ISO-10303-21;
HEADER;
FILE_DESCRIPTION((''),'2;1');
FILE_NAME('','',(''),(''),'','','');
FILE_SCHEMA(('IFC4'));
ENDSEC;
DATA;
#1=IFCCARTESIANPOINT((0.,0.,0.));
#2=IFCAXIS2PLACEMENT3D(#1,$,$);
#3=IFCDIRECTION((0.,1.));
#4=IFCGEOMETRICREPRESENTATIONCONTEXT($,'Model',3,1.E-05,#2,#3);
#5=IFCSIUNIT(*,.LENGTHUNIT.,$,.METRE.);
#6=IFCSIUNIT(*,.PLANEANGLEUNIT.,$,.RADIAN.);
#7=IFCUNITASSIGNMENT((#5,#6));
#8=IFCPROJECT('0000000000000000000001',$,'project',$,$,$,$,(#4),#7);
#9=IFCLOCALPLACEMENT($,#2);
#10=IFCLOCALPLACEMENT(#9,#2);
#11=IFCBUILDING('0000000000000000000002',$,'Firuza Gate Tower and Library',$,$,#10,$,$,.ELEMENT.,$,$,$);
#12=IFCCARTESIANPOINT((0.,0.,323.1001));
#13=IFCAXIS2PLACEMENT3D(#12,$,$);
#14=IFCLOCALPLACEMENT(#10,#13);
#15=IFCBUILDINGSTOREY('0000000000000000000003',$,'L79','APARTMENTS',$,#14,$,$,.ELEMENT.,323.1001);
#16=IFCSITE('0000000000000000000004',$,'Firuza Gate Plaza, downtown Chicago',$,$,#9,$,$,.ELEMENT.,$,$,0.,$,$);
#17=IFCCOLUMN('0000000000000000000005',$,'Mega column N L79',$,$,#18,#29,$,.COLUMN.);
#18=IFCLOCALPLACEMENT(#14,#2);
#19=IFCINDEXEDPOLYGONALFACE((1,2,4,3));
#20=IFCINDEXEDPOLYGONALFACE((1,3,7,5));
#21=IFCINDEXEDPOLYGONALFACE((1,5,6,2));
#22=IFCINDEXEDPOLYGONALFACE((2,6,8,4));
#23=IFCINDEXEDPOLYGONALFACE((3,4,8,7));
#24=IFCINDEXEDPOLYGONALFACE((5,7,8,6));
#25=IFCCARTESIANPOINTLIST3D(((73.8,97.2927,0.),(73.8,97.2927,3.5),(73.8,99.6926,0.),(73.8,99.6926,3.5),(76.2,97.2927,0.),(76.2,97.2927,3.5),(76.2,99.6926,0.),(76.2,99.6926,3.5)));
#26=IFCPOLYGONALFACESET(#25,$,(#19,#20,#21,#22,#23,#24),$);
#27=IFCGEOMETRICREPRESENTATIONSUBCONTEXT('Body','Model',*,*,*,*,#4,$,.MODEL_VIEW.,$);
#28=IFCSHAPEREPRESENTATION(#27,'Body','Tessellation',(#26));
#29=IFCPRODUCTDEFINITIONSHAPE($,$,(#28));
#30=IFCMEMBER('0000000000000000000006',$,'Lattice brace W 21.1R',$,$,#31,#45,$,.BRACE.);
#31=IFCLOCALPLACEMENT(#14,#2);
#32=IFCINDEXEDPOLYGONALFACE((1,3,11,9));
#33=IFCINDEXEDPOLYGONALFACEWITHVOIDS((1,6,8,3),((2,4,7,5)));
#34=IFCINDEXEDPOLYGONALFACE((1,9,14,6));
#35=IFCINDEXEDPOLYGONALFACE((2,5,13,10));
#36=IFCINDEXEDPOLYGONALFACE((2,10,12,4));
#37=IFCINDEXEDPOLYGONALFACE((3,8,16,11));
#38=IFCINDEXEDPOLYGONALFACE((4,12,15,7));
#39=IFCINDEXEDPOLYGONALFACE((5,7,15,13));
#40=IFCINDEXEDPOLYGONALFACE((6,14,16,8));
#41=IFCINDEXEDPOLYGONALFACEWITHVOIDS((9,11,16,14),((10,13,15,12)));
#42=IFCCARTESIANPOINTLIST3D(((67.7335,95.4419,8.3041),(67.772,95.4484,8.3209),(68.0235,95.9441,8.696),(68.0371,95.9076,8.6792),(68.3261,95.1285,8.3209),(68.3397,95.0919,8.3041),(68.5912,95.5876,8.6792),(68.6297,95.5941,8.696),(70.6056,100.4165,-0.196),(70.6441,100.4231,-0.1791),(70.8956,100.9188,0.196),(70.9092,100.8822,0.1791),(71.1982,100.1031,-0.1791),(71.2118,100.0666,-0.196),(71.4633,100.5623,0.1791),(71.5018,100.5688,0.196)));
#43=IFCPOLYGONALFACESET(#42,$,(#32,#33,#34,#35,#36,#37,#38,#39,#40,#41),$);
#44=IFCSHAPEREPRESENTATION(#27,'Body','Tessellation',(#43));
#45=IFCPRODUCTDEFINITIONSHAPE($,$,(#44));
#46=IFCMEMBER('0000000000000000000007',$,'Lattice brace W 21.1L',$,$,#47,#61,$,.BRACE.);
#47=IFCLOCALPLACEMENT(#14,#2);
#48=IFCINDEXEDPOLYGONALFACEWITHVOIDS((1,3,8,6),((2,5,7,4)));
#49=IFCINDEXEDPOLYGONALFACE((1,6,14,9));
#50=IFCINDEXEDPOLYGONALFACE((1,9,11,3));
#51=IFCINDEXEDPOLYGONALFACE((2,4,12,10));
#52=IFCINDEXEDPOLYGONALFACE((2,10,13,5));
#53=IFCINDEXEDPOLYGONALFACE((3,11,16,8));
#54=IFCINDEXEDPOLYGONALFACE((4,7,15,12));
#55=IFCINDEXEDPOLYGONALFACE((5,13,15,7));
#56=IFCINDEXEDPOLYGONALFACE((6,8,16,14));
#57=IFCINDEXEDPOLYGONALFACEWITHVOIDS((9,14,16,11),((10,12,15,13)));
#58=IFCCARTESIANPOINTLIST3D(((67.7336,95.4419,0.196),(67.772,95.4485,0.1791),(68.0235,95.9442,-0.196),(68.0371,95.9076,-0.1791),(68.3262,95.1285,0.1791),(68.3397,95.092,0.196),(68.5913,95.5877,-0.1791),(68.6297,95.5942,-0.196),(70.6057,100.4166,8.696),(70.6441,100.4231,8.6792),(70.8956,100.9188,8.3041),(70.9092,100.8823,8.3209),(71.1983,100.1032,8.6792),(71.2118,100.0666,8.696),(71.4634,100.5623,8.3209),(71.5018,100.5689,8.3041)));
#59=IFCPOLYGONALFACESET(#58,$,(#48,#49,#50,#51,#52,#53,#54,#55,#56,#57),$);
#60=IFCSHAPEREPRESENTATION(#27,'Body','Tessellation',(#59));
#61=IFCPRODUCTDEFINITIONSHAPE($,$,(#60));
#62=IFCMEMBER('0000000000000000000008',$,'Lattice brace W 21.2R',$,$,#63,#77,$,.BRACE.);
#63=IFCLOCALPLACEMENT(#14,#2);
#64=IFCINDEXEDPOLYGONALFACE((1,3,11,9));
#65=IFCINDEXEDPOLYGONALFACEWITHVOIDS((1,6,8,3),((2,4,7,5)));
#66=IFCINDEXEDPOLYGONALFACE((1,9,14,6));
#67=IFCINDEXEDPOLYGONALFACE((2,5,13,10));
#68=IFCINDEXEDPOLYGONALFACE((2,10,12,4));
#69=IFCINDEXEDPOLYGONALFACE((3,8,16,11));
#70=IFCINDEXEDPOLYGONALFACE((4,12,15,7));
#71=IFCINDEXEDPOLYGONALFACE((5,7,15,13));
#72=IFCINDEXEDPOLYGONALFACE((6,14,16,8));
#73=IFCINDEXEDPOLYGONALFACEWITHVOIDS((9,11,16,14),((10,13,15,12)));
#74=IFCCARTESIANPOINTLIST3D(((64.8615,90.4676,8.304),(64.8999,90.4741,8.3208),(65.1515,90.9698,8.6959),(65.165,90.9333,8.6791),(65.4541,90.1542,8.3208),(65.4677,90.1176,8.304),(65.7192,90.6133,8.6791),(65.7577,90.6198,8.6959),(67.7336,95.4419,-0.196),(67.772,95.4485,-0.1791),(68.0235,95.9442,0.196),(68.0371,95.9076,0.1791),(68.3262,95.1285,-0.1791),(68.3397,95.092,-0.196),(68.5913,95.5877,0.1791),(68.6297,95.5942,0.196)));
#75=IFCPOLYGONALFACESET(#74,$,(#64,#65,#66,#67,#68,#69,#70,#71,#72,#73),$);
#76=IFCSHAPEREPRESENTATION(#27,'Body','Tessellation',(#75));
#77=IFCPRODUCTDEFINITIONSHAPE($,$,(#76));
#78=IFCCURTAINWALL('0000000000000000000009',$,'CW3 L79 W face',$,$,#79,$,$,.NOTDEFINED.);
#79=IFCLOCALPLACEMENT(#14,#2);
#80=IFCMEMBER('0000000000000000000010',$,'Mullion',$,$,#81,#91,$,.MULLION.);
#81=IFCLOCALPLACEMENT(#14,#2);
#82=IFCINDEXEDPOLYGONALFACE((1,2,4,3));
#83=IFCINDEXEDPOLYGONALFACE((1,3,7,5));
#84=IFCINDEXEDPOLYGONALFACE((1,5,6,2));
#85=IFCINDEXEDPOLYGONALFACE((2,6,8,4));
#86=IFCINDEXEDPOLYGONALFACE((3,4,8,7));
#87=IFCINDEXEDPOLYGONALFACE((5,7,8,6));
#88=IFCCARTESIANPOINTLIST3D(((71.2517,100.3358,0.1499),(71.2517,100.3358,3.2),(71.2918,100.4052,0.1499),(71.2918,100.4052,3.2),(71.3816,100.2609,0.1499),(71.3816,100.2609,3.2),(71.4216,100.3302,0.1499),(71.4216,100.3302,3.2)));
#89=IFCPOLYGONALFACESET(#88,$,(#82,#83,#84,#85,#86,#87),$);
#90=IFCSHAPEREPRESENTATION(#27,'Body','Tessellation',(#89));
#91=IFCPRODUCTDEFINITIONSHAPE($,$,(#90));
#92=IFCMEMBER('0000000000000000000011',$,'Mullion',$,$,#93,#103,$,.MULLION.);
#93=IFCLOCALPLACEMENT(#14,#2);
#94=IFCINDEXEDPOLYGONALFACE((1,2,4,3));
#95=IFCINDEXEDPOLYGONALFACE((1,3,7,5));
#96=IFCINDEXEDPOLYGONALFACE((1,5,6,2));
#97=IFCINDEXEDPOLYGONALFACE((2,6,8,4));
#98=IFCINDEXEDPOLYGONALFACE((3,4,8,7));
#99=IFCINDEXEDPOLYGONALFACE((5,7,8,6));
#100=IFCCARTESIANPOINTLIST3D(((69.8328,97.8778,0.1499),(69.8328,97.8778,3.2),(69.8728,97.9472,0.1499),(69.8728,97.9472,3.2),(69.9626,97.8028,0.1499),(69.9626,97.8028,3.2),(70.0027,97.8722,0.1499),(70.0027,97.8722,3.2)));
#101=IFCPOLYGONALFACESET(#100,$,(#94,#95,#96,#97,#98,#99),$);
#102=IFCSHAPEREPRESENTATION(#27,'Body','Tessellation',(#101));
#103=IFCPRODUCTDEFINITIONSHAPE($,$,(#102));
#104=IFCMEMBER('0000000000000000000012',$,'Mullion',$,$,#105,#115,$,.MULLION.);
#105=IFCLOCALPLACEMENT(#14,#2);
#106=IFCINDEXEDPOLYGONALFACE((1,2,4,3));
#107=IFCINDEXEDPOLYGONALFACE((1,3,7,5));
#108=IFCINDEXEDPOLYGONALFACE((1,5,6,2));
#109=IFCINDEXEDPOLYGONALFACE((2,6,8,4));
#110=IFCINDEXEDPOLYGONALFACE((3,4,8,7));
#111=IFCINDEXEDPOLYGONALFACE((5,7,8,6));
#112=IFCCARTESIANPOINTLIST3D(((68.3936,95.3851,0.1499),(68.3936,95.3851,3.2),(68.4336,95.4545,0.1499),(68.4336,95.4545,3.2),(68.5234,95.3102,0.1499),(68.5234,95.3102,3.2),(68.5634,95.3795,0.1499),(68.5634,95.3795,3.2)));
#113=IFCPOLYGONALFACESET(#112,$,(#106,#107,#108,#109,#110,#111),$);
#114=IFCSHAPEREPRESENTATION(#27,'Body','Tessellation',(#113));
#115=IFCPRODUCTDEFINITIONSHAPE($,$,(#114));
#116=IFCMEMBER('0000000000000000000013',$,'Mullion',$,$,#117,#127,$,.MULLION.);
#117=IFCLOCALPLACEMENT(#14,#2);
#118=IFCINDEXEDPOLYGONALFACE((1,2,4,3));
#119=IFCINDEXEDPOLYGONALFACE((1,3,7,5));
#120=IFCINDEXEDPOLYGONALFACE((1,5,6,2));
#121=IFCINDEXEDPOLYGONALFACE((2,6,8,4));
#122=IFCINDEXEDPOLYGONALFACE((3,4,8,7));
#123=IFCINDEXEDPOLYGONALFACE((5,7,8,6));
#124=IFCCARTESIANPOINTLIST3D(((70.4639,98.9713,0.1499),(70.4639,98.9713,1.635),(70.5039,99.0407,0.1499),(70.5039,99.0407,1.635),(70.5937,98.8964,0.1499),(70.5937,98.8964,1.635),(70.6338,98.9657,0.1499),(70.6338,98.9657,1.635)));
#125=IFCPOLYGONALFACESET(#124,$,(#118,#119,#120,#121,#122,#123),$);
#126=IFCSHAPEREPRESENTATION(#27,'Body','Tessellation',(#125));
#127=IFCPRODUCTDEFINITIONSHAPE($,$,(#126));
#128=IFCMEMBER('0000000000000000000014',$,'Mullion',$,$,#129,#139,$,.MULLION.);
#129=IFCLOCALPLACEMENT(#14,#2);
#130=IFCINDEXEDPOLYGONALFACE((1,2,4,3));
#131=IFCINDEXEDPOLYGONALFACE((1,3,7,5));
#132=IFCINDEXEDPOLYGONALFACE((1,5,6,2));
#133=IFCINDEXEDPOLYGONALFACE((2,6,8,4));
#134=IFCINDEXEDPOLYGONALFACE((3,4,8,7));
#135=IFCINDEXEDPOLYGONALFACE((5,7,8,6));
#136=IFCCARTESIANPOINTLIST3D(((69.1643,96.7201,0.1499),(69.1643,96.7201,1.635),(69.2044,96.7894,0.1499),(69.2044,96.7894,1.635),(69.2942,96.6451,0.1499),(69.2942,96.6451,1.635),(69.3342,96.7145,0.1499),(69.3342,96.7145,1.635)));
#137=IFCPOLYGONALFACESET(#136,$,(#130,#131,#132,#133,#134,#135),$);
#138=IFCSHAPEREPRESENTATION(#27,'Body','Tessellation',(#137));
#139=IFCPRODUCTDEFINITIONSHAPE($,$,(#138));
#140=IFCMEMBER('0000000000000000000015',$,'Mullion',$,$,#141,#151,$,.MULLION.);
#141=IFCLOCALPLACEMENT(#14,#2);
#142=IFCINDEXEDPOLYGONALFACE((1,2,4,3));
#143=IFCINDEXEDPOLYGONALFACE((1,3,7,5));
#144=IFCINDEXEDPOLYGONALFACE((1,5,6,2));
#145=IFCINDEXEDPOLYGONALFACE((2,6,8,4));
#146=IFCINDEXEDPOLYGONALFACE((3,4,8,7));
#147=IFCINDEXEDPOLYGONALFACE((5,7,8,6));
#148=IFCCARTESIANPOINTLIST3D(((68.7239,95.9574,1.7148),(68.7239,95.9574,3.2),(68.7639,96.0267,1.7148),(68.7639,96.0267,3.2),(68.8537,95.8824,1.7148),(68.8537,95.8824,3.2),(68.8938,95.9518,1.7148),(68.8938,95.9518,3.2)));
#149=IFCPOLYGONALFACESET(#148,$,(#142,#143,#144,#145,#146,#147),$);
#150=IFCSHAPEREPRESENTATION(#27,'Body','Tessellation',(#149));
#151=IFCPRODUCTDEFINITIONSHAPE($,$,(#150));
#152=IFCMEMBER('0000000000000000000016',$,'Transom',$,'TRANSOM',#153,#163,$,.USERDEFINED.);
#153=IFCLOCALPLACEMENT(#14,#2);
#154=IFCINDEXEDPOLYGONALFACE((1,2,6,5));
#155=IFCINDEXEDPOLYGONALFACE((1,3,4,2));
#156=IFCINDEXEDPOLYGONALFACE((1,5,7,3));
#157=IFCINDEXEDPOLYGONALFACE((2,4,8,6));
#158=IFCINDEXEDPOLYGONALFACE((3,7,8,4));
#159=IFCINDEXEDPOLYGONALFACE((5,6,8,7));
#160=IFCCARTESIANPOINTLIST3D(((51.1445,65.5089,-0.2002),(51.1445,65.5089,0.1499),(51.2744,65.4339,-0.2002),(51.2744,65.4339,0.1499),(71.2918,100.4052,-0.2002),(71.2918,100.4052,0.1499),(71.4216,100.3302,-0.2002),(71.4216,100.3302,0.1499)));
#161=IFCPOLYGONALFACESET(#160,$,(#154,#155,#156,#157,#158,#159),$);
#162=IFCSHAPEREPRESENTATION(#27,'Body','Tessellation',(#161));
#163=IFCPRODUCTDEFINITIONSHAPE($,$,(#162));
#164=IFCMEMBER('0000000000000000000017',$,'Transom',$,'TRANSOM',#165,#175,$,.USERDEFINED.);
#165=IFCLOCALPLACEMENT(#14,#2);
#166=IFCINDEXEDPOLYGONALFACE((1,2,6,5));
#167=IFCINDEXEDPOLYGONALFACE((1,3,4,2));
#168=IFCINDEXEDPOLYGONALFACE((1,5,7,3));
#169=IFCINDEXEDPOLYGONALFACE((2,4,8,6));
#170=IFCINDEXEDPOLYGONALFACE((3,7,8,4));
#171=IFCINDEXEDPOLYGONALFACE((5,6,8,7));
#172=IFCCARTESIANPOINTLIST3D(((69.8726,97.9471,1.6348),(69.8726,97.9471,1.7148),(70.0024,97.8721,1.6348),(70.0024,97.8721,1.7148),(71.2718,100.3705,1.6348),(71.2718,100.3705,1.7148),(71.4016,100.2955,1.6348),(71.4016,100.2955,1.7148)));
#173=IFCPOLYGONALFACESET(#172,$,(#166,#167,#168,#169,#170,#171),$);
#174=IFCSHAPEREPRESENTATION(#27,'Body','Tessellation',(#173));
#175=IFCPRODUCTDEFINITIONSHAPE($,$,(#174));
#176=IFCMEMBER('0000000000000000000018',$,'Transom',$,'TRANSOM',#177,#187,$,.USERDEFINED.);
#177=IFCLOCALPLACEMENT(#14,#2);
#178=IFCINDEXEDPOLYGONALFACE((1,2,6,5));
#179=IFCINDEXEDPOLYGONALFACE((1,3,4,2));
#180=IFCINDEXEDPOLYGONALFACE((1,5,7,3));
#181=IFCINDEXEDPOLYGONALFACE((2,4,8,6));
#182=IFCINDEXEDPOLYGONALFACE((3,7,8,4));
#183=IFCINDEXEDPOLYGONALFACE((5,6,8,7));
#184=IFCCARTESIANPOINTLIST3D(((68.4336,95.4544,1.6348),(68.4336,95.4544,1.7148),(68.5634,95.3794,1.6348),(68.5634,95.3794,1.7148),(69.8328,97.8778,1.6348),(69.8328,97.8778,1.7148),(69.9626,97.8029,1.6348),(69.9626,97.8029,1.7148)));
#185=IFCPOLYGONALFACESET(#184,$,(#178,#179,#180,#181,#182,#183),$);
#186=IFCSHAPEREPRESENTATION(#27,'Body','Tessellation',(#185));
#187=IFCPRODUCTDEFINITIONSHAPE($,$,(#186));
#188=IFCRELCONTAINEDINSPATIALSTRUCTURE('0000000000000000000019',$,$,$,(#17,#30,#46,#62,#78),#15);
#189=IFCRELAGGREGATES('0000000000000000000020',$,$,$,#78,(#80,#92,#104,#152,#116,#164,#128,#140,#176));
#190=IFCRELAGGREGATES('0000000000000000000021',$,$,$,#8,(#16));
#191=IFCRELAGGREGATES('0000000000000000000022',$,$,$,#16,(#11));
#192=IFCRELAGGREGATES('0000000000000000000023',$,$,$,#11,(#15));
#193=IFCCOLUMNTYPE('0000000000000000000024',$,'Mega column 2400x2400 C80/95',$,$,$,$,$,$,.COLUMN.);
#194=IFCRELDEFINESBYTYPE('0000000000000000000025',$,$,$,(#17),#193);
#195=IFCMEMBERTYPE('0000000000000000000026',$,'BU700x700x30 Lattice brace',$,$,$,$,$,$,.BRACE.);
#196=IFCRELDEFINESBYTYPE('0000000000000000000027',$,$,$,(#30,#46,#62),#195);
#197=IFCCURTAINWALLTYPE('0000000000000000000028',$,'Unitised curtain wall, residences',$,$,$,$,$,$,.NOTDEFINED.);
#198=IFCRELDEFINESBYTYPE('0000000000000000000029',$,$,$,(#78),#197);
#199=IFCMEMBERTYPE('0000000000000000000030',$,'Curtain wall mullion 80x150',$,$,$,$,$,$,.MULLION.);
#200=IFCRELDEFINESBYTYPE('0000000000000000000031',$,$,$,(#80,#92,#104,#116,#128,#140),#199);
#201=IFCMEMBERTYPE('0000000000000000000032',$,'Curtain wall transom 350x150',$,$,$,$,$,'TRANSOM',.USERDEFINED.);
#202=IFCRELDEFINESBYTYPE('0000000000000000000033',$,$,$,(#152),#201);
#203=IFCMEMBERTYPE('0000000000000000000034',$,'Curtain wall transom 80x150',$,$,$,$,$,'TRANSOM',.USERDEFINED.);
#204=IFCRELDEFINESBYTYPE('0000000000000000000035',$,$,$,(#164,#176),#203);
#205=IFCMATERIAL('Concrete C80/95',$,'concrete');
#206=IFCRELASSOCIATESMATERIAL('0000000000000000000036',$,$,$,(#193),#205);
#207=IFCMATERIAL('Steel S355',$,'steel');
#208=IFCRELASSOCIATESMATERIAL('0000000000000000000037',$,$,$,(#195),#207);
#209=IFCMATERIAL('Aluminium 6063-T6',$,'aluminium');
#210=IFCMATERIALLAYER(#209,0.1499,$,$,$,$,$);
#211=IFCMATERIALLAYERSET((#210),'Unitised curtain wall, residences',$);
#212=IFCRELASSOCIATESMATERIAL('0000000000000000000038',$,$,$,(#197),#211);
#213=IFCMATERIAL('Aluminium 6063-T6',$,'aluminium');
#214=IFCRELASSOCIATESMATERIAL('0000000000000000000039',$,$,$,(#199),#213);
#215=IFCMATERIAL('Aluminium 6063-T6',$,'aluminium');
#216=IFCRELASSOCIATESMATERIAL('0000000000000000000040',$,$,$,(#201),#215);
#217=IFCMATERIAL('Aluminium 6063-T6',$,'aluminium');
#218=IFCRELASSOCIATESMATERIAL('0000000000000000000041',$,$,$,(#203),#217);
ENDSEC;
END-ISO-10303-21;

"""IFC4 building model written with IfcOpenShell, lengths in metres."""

from ifc_helpers import new_model, si_unit, direction, frame, origin, origin_2d, place, context, subcontext, project, spatial, rectangle, hollow_rectangle, extrude, material, layer, layer_set, material_profile, profile_set, type_object, element, aggregate, save


model = new_model("IFC4")

# Units and contexts
model_context = context("Model", 3, precision=1e-05, world=origin(), true_north=direction((0.0, 1.0)))
body_context = subcontext(model_context, "Body", "Model", "MODEL_VIEW")
ifc_project = project(units=[si_unit("LENGTHUNIT", "METRE"), si_unit("PLANEANGLEUNIT", "RADIAN")], contexts=[model_context])

# Site, building, storey
site_placement = place(None, origin())
site = spatial("IfcSite", under=ifc_project, at=site_placement, Name="Firuza Gate Plaza, downtown Chicago", CompositionType="ELEMENT", RefElevation=0.0)
building_placement = place(site_placement, origin())
building = spatial("IfcBuilding", under=site, at=building_placement, Name="Firuza Gate Tower and Library", CompositionType="ELEMENT")
storey_placement = place(building_placement, frame((0.0, 0.0, 323.1001)))
storey = spatial("IfcBuildingStorey", under=building, at=storey_placement, Name="L79", Description="APARTMENTS", CompositionType="ELEMENT", Elevation=323.1001)

# Column
ifc_material_1 = material(Name="Concrete C80/95", Category="concrete")
ifc_material_profile_1 = material_profile(ifc_material_1, rectangle(XDim=2.3999, YDim=2.3999, at=origin_2d()))
ifc_profile_set_1 = profile_set([ifc_material_profile_1], Name="Concrete C80/95")
column_type = type_object("IfcColumnType", Name="Mega column 2400x2400 C80/95", PredefinedType="COLUMN", material=ifc_profile_set_1)
column_placement = place(storey_placement, frame((75.0, 98.4927, 0.0), z_axis=(0.0, 0.0, 1.0), x_axis=(-1.0, 0.0, 0.0)))
element("IfcColumn", 1, at=column_placement, inside=storey, type_object=column_type, Name="Mega column N L79", PredefinedType="COLUMN", context=body_context, shape_type="SweptSolid", body=[
    extrude(rectangle(XDim=2.3999, YDim=2.3999, at=origin_2d()), origin(), (0.0, 0.0, 1.0), 3.5),
])

# Members
ifc_material_2 = material(Name="Steel S355", Category="steel")
ifc_material_profile_2 = material_profile(ifc_material_2, hollow_rectangle(XDim=0.7, YDim=0.7, WallThickness=0.03, at=origin_2d()))
ifc_profile_set_2 = profile_set([ifc_material_profile_2], Name="Steel S355")
member_type_1 = type_object("IfcMemberType", Name="BU700x700x30 Lattice brace", PredefinedType="BRACE", material=ifc_profile_set_2)
for number, where, z_axis, x_axis, name in (
    (2, (71.0537, 100.4927, 0.0), (-0.279958, -0.484906, 0.828547), (0.866027, -0.499997, 0.0), "Lattice brace W 21.1R"),
    (3, (68.1816, 95.5181, 0.0), (0.279958, 0.484906, 0.828547), (-0.866027, 0.499997, 0.0), "Lattice brace W 21.1L"),
):
    element("IfcMember", number, at=place(storey_placement, frame(where, z_axis=z_axis, x_axis=x_axis)), inside=storey, type_object=member_type_1, Name=name, PredefinedType="BRACE", context=body_context, shape_type="SweptSolid", body=[
        extrude(hollow_rectangle(XDim=0.7, YDim=0.7, WallThickness=0.03, at=origin_2d()), origin(), (0.0, 0.0, 1.0), 10.259),
    ])
member_1_placement = place(storey_placement, frame((68.1816, 95.5181, 0.0), z_axis=(-0.279961, -0.484887, 0.828556), x_axis=(0.866016, -0.500016, 0.0)))
element("IfcMember", 4, at=member_1_placement, inside=storey, type_object=member_type_1, Name="Lattice brace W 21.2R", PredefinedType="BRACE", context=body_context, shape_type="SweptSolid", body=[
    extrude(hollow_rectangle(XDim=0.7, YDim=0.7, WallThickness=0.03, at=origin_2d()), origin(), (0.0, 0.0, 1.0), 10.2588),
])

# Curtain wall, members
ifc_material_3 = material(Name="Aluminium 6063-T6", Category="aluminium")
ifc_layer_1 = layer(ifc_material_3, 0.1499)
ifc_layer_set_1 = layer_set([ifc_layer_1], Name="Unitised curtain wall, residences")
curtain_wall_type_1 = type_object("IfcCurtainWallType", Name="Unitised curtain wall, residences", PredefinedType="NOTDEFINED", material=ifc_layer_set_1)
placement = place(storey_placement, origin())
curtain_wall_1 = element("IfcCurtainWall", 5, at=placement, inside=storey, type_object=curtain_wall_type_1, Name="CW3 L79 W face", PredefinedType="NOTDEFINED")
ifc_material_4 = material(Name="Aluminium 6063-T6", Category="aluminium")
ifc_material_profile_3 = material_profile(ifc_material_4, rectangle(XDim=0.1499, YDim=0.0801, at=origin_2d()))
ifc_profile_set_3 = profile_set([ifc_material_profile_3], Name="Aluminium 6063-T6")
member_type_2 = type_object("IfcMemberType", Name="Curtain wall mullion 80x150", PredefinedType="MULLION", material=ifc_profile_set_3)
member_2_placement = place(storey_placement, frame((71.3367, 100.333, 0.1499), z_axis=(0.0, 0.0, 1.0), x_axis=(0.866025, -0.5, 0.0)))
member_2 = element("IfcMember", 6, at=member_2_placement, type_object=member_type_2, Name="Mullion", PredefinedType="MULLION", context=body_context, shape_type="SweptSolid", body=[
    extrude(rectangle(XDim=0.1499, YDim=0.0801, at=origin_2d()), origin(), (0.0, 0.0, 1.0), 3.05),
])
member_3_placement = place(storey_placement, frame((69.9177, 97.875, 0.1499), z_axis=(0.0, 0.0, 1.0), x_axis=(0.866025, -0.5, 0.0)))
member_3 = element("IfcMember", 7, at=member_3_placement, type_object=member_type_2, Name="Mullion", PredefinedType="MULLION", context=body_context, shape_type="SweptSolid", body=[
    extrude(rectangle(XDim=0.1499, YDim=0.0801, at=origin_2d()), origin(), (0.0, 0.0, 1.0), 3.05),
])
member_4_placement = place(storey_placement, frame((68.4785, 95.3823, 0.1499), z_axis=(0.0, 0.0, 1.0), x_axis=(0.866025, -0.5, 0.0)))
member_4 = element("IfcMember", 8, at=member_4_placement, type_object=member_type_2, Name="Mullion", PredefinedType="MULLION", context=body_context, shape_type="SweptSolid", body=[
    extrude(rectangle(XDim=0.1499, YDim=0.0801, at=origin_2d()), origin(), (0.0, 0.0, 1.0), 3.05),
])
member_5_placement = place(storey_placement, frame((70.5488, 98.9685, 0.1499), z_axis=(0.0, 0.0, 1.0), x_axis=(0.866025, -0.5, 0.0)))
member_5 = element("IfcMember", 9, at=member_5_placement, type_object=member_type_2, Name="Mullion", PredefinedType="MULLION", context=body_context, shape_type="SweptSolid", body=[
    extrude(rectangle(XDim=0.1499, YDim=0.0801, at=origin_2d()), origin(), (0.0, 0.0, 1.0), 1.4851),
])
member_6_placement = place(storey_placement, frame((69.2493, 96.7173, 0.1499), z_axis=(0.0, 0.0, 1.0), x_axis=(0.866025, -0.5, 0.0)))
member_6 = element("IfcMember", 10, at=member_6_placement, type_object=member_type_2, Name="Mullion", PredefinedType="MULLION", context=body_context, shape_type="SweptSolid", body=[
    extrude(rectangle(XDim=0.1499, YDim=0.0801, at=origin_2d()), origin(), (0.0, 0.0, 1.0), 1.4851),
])
member_7_placement = place(storey_placement, frame((68.8088, 95.9546, 1.7148), z_axis=(0.0, 0.0, 1.0), x_axis=(0.866025, -0.5, 0.0)))
member_7 = element("IfcMember", 11, at=member_7_placement, type_object=member_type_2, Name="Mullion", PredefinedType="MULLION", context=body_context, shape_type="SweptSolid", body=[
    extrude(rectangle(XDim=0.1499, YDim=0.0801, at=origin_2d()), origin(), (0.0, 0.0, 1.0), 1.4851),
])
ifc_material_5 = material(Name="Aluminium 6063-T6", Category="aluminium")
ifc_material_profile_4 = material_profile(ifc_material_5, rectangle(XDim=0.1499, YDim=0.3501, at=origin_2d()))
ifc_profile_set_4 = profile_set([ifc_material_profile_4], Name="Aluminium 6063-T6")
member_type_3 = type_object("IfcMemberType", Name="Curtain wall transom 350x150", ElementType="TRANSOM", PredefinedType="USERDEFINED", material=ifc_profile_set_4)
member_8_placement = place(storey_placement, frame((71.3567, 100.3677, -0.0251), z_axis=(-0.499997, -0.866027, 0.0), x_axis=(0.866027, -0.499997, 0.0)))
member_8 = element("IfcMember", 12, at=member_8_placement, type_object=member_type_3, Name="Transom", ObjectType="TRANSOM", PredefinedType="USERDEFINED", context=body_context, shape_type="SweptSolid", body=[
    extrude(rectangle(XDim=0.1499, YDim=0.3501, at=origin_2d()), origin(), (0.0, 0.0, 1.0), 40.2947),
])
ifc_material_6 = material(Name="Aluminium 6063-T6", Category="aluminium")
ifc_material_profile_5 = material_profile(ifc_material_6, rectangle(XDim=0.1499, YDim=0.0801, at=origin_2d()))
ifc_profile_set_5 = profile_set([ifc_material_profile_5], Name="Aluminium 6063-T6")
member_type_4 = type_object("IfcMemberType", Name="Curtain wall transom 80x150", ElementType="TRANSOM", PredefinedType="USERDEFINED", material=ifc_profile_set_5)
member_9_placement = place(storey_placement, frame((71.3367, 100.333, 1.6748), z_axis=(-0.500014, -0.866017, 0.0), x_axis=(0.866017, -0.500014, 0.0)))
member_9 = element("IfcMember", 13, at=member_9_placement, type_object=member_type_4, Name="Transom", ObjectType="TRANSOM", PredefinedType="USERDEFINED", context=body_context, shape_type="SweptSolid", body=[
    extrude(rectangle(XDim=0.1499, YDim=0.0801, at=origin_2d()), origin(), (0.0, 0.0, 1.0), 2.7983),
])
member_10_placement = place(storey_placement, frame((69.8977, 97.8403, 1.6748), z_axis=(-0.500014, -0.866017, 0.0), x_axis=(0.866017, -0.500014, 0.0)))
member_10 = element("IfcMember", 14, at=member_10_placement, type_object=member_type_4, Name="Transom", ObjectType="TRANSOM", PredefinedType="USERDEFINED", context=body_context, shape_type="SweptSolid", body=[
    extrude(rectangle(XDim=0.1499, YDim=0.0801, at=origin_2d()), origin(), (0.0, 0.0, 1.0), 2.7983),
])

aggregate(curtain_wall_1, [member_2, member_3, member_4, member_8, member_5, member_9, member_6, member_7, member_10])

save(model, "model.ifc")
